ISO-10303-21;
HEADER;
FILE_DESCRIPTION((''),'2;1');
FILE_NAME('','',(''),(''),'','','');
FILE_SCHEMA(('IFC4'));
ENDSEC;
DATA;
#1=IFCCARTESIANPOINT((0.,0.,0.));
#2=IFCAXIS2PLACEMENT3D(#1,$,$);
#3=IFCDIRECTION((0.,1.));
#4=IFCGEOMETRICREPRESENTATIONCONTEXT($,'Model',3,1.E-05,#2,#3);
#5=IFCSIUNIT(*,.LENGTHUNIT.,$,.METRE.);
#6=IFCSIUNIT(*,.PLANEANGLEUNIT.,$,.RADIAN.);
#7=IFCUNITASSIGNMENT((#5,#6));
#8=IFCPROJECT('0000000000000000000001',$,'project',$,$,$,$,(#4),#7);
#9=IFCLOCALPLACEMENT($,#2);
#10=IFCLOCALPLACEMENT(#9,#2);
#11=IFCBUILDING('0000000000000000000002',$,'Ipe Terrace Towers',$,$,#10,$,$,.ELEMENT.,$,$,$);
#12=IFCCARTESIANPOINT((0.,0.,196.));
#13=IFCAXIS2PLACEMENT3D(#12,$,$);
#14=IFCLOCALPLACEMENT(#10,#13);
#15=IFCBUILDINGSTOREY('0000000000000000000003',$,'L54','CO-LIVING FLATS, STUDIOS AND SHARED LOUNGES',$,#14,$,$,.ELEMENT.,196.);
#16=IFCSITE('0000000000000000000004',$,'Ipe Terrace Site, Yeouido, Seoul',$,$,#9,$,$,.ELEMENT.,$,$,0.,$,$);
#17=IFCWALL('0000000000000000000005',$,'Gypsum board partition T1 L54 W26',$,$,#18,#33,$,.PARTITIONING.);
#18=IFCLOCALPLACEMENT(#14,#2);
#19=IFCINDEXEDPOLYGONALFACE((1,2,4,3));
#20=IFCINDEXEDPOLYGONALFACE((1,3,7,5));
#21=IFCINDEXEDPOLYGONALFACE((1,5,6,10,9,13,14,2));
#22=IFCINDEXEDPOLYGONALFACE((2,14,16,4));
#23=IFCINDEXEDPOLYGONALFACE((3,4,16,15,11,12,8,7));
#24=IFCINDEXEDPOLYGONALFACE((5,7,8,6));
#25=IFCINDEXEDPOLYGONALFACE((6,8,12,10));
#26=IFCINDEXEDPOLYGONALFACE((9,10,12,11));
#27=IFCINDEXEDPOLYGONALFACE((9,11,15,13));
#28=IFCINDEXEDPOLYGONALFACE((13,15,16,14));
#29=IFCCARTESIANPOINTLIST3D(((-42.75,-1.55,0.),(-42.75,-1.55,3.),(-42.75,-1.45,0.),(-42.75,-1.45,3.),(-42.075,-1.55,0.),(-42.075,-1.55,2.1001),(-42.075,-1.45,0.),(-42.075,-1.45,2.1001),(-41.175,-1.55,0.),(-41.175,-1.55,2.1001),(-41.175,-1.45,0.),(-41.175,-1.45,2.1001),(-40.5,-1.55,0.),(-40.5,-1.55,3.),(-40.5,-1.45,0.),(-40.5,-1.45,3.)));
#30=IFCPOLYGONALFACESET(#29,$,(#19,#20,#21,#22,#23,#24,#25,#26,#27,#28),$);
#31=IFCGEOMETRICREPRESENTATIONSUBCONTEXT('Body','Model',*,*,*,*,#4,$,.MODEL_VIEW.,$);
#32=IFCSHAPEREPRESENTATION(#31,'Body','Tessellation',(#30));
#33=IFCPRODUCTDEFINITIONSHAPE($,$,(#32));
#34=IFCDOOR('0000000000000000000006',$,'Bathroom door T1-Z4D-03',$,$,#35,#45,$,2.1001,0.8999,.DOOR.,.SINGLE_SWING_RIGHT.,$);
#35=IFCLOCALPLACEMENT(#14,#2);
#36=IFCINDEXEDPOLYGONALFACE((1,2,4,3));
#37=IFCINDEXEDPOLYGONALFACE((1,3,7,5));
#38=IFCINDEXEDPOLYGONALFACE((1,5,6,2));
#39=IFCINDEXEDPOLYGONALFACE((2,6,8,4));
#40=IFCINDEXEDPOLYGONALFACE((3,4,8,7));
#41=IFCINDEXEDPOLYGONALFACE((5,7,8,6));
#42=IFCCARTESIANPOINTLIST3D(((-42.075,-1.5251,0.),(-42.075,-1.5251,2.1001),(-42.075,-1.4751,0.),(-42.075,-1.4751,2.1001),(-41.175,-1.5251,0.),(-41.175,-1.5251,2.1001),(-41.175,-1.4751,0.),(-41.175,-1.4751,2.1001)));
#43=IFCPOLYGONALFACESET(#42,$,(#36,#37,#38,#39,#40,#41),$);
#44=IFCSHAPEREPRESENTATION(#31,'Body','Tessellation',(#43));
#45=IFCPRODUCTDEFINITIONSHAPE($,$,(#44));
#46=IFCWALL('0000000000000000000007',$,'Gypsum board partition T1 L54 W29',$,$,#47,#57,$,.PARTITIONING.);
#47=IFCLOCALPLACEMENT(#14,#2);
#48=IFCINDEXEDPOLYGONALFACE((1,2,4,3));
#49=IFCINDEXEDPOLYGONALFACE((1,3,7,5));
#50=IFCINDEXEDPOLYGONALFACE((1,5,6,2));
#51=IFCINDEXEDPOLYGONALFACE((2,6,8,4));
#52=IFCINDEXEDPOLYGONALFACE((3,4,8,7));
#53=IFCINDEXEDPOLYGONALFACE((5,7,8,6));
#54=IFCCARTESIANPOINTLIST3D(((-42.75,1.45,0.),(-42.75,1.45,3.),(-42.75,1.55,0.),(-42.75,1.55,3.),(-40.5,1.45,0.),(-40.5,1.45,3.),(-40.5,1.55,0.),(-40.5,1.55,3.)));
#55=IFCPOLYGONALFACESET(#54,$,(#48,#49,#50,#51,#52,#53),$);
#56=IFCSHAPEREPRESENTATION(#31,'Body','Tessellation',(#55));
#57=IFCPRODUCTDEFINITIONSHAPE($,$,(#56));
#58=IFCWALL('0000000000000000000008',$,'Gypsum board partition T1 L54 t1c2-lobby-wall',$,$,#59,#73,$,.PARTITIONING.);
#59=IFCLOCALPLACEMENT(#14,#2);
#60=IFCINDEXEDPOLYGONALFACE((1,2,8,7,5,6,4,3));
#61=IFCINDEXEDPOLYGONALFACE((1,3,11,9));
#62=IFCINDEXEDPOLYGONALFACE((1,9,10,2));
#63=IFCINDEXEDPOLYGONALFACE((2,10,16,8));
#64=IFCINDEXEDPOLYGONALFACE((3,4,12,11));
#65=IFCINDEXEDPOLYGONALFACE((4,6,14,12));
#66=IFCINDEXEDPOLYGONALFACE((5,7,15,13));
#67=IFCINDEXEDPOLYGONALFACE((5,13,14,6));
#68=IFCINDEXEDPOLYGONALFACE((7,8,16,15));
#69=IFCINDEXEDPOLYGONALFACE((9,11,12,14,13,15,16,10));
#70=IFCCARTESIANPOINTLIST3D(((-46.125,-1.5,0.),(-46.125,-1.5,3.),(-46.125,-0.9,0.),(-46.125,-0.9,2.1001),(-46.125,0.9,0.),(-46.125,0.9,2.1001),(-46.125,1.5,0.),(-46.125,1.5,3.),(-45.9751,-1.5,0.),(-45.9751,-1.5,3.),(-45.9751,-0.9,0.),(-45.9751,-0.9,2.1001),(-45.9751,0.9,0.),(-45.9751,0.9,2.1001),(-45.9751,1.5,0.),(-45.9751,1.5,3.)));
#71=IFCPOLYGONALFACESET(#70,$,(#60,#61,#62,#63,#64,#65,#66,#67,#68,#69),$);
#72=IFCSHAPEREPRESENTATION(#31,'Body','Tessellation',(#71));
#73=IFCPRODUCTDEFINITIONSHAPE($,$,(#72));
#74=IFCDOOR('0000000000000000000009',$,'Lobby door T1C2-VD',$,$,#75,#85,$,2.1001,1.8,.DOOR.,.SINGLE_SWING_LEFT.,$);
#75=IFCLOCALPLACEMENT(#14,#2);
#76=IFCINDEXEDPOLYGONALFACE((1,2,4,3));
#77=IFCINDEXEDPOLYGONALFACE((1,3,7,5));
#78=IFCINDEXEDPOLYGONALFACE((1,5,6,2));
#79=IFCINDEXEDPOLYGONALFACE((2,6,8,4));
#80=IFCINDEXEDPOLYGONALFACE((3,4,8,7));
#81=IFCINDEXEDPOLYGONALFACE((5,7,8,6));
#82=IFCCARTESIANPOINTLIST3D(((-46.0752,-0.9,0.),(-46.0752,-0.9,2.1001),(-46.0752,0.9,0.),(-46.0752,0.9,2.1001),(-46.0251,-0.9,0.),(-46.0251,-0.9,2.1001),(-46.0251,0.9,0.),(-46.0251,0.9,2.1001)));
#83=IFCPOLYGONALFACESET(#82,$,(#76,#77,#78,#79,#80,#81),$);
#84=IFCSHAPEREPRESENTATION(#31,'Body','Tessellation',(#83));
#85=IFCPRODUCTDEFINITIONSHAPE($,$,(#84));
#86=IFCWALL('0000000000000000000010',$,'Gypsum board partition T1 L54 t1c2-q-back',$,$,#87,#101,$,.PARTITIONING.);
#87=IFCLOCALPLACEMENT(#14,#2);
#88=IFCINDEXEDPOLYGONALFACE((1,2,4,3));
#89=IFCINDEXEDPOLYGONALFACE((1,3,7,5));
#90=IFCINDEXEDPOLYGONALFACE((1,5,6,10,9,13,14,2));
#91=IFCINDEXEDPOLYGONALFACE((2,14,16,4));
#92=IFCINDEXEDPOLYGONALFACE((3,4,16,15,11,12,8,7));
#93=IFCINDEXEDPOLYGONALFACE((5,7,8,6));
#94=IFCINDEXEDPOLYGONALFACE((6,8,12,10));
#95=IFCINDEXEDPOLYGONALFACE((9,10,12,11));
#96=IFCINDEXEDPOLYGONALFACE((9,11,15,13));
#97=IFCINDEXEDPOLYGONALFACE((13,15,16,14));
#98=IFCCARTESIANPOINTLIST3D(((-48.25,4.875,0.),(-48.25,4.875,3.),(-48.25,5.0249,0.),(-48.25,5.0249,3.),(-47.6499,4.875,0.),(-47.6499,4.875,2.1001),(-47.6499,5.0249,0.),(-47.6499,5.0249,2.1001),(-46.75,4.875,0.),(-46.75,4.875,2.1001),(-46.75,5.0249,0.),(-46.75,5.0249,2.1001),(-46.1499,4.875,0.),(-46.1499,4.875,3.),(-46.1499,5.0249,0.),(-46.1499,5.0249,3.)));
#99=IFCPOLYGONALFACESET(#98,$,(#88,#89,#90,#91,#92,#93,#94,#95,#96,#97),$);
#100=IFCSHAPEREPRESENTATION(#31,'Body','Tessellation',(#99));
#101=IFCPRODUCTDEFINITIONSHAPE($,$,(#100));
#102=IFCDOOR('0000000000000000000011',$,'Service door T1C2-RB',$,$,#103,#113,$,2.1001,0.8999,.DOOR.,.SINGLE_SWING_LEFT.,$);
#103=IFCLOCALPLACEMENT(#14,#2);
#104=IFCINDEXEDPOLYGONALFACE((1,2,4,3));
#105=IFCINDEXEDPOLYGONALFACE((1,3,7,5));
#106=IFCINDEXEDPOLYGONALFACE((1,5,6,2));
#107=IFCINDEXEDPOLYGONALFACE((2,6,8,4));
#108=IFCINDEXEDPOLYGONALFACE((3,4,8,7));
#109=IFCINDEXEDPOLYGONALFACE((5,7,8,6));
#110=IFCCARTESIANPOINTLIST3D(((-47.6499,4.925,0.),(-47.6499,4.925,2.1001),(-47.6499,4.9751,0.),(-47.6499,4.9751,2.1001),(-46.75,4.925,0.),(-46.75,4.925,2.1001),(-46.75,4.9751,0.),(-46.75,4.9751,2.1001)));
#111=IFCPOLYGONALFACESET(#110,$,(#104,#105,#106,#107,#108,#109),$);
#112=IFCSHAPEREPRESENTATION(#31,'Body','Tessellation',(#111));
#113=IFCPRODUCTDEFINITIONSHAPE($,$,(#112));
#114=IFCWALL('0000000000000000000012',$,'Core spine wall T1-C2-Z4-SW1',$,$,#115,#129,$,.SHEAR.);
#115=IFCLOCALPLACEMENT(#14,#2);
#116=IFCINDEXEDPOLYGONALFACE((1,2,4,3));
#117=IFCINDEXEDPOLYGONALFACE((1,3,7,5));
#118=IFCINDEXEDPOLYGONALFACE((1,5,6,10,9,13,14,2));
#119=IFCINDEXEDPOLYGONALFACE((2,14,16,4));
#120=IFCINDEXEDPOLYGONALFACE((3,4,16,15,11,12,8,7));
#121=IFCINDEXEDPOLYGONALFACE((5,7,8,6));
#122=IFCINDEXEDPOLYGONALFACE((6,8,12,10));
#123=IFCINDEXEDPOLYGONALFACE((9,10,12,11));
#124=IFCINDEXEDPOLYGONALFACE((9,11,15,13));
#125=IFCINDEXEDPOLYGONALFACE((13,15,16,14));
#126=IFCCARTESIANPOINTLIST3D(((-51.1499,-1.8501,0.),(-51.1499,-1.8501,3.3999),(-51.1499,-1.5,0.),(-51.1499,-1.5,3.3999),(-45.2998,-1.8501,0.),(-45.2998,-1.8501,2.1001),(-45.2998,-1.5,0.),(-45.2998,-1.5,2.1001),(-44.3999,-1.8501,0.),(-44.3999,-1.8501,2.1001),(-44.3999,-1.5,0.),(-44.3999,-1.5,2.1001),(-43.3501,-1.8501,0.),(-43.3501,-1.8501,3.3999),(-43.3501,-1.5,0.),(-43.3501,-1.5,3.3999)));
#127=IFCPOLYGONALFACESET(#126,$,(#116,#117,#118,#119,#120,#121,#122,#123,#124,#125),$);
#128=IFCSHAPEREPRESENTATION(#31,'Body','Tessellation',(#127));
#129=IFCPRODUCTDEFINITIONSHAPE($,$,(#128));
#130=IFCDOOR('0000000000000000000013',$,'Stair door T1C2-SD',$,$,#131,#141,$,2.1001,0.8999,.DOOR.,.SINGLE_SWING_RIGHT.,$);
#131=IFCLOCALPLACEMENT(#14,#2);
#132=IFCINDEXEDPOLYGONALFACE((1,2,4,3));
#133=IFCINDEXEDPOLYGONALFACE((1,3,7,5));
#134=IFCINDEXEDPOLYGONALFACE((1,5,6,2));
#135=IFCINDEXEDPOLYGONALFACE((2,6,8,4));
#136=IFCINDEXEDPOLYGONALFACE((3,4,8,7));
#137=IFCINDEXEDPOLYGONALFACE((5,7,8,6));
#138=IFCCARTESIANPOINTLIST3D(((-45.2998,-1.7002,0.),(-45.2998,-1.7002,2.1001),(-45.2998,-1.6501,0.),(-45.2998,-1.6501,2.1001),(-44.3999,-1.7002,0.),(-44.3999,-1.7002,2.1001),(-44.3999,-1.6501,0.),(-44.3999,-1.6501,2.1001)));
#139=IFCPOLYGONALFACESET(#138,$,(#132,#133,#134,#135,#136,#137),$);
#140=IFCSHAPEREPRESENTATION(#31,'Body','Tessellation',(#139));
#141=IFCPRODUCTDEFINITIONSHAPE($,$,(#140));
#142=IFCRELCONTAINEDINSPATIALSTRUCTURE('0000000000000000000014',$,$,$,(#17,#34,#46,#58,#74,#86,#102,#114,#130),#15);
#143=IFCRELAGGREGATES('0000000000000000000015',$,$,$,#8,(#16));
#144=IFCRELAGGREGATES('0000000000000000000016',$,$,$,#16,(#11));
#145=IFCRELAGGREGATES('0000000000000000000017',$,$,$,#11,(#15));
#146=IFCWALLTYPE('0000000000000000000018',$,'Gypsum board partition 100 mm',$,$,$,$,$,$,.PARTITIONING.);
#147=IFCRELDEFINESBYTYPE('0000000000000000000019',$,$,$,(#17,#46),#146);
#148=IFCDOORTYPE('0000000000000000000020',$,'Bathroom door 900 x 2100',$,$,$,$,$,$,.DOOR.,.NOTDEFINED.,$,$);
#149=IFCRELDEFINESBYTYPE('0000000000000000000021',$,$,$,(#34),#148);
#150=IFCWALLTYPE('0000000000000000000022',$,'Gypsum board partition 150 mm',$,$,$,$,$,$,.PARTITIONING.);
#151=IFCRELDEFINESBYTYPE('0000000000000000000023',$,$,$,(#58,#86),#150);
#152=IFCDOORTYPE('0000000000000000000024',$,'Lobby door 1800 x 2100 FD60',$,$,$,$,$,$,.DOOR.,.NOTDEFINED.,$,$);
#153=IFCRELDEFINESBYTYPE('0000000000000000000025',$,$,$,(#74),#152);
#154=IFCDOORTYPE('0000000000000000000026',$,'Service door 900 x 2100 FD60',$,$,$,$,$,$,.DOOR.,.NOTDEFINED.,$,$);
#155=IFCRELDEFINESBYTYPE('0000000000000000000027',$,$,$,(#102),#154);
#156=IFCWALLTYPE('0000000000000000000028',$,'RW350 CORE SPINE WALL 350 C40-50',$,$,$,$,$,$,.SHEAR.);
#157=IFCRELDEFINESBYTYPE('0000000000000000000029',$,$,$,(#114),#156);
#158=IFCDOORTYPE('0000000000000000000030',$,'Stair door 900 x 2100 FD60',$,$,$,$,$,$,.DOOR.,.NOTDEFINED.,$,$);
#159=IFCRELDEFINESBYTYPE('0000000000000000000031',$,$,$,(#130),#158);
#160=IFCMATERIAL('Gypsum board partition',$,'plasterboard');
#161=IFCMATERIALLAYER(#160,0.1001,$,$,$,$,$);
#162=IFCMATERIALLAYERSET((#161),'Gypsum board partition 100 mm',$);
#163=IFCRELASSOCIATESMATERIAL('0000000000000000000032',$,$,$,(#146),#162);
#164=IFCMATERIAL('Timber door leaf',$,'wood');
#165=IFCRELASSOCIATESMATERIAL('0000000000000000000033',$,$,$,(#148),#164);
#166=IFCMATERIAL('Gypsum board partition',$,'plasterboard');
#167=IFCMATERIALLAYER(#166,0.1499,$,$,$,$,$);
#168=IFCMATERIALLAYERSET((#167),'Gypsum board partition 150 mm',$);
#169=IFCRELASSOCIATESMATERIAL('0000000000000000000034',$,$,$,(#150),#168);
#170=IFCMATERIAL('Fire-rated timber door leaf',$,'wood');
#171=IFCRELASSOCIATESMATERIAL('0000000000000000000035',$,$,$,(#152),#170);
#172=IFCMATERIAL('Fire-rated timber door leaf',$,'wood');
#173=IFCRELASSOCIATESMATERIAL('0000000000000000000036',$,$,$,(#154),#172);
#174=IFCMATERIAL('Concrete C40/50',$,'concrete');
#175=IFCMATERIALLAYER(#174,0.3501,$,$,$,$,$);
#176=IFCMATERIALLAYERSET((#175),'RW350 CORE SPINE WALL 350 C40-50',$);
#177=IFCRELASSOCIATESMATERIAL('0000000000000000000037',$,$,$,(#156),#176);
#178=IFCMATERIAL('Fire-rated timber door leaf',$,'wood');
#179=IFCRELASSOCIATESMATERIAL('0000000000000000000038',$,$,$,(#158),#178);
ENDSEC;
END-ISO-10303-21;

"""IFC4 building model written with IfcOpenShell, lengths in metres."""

from ifc_helpers import new_model, si_unit, direction, frame, frame_2d, origin, place, context, subcontext, project, spatial, rectangle, extrude, material, layer, layer_set, type_object, element, fill, save


model = new_model("IFC4")

# Units and contexts
model_context = context("Model", 3, precision=1e-05, world=origin(), true_north=direction((0.0, 1.0)))
body_context = subcontext(model_context, "Body", "Model", "MODEL_VIEW")
ifc_project = project(units=[si_unit("LENGTHUNIT", "METRE"), si_unit("PLANEANGLEUNIT", "RADIAN")], contexts=[model_context])

# Site, building, storey
site_placement = place(None, origin())
site = spatial("IfcSite", under=ifc_project, at=site_placement, Name="Ipe Terrace Site, Yeouido, Seoul", CompositionType="ELEMENT", RefElevation=0.0)
building_placement = place(site_placement, origin())
building = spatial("IfcBuilding", under=site, at=building_placement, Name="Ipe Terrace Towers", CompositionType="ELEMENT")
storey_placement = place(building_placement, frame((0.0, 0.0, 196.0)))
storey = spatial("IfcBuildingStorey", under=building, at=storey_placement, Name="L54", Description="CO-LIVING FLATS, STUDIOS AND SHARED LOUNGES", CompositionType="ELEMENT", Elevation=196.0)

# Wall, opening, door
ifc_material_1 = material(Name="Gypsum board partition", Category="plasterboard")
ifc_layer_1 = layer(ifc_material_1, 0.1001)
ifc_layer_set_1 = layer_set([ifc_layer_1], Name="Gypsum board partition 100 mm")
wall_type_1 = type_object("IfcWallType", Name="Gypsum board partition 100 mm", PredefinedType="PARTITIONING", material=ifc_layer_set_1)
wall_1_placement = place(storey_placement, frame((-42.75, -1.5, 0.0), z_axis=(0.0, 0.0, 1.0), x_axis=(1.0, 0.0, 0.0)))
wall_1 = element("IfcWall", 1, at=wall_1_placement, inside=storey, type_object=wall_type_1, Name="Gypsum board partition T1 L54 W26", PredefinedType="PARTITIONING", context=body_context, shape_type="SweptSolid", body=[
    extrude(rectangle(XDim=2.25, YDim=0.1001, at=frame_2d((1.125, 0.0))), origin(), (0.0, 0.0, 1.0), 3.0),
])
opening_1_placement = place(wall_1_placement, frame((0.675, 0.0, 0.0)))
opening_1 = element("IfcOpeningElement", 2, at=opening_1_placement, cuts=wall_1, PredefinedType="OPENING", context=body_context, shape_type="SweptSolid", body=[
    extrude(rectangle(XDim=0.8999, YDim=2.1001, at=frame_2d((0.45, 1.05))), frame((0.0, 0.0601, 0.0), z_axis=(0.0, -1.0, 0.0), x_axis=(1.0, 0.0, 0.0)), (0.0, 0.0, 1.0), 0.1201),
])
ifc_material_2 = material(Name="Timber door leaf", Category="wood")
door_type_1 = type_object("IfcDoorType", Name="Bathroom door 900 x 2100", OperationType="NOTDEFINED", PredefinedType="DOOR", material=ifc_material_2)
door_1_placement = place(opening_1_placement, origin())
door_1 = element("IfcDoor", 3, at=door_1_placement, inside=storey, type_object=door_type_1, Name="Bathroom door T1-Z4D-03", OperationType="SINGLE_SWING_RIGHT", OverallHeight=2.1001, OverallWidth=0.8999, PredefinedType="DOOR", context=body_context, shape_type="SweptSolid", body=[
    extrude(rectangle(XDim=0.8999, YDim=2.1001, at=frame_2d((0.45, 1.05))), frame((0.0, 0.0249, 0.0), z_axis=(0.0, -1.0, 0.0), x_axis=(1.0, 0.0, 0.0)), (0.0, 0.0, 1.0), 0.05),
])
fill(opening_1, door_1)

# Wall
wall_2_placement = place(storey_placement, frame((-42.75, 1.5, 0.0), z_axis=(0.0, 0.0, 1.0), x_axis=(1.0, 0.0, 0.0)))
element("IfcWall", 4, at=wall_2_placement, inside=storey, type_object=wall_type_1, Name="Gypsum board partition T1 L54 W29", PredefinedType="PARTITIONING", context=body_context, shape_type="SweptSolid", body=[
    extrude(rectangle(XDim=2.25, YDim=0.1001, at=frame_2d((1.125, 0.0))), origin(), (0.0, 0.0, 1.0), 3.0),
])

# Walls, openings, doors
ifc_material_3 = material(Name="Gypsum board partition", Category="plasterboard")
ifc_layer_2 = layer(ifc_material_3, 0.1499)
ifc_layer_set_2 = layer_set([ifc_layer_2], Name="Gypsum board partition 150 mm")
wall_type_2 = type_object("IfcWallType", Name="Gypsum board partition 150 mm", PredefinedType="PARTITIONING", material=ifc_layer_set_2)
wall_3_placement = place(storey_placement, frame((-46.05, 1.5, 0.0), z_axis=(0.0, 0.0, 1.0), x_axis=(0.0, -1.0, 0.0)))
wall_3 = element("IfcWall", 5, at=wall_3_placement, inside=storey, type_object=wall_type_2, Name="Gypsum board partition T1 L54 t1c2-lobby-wall", PredefinedType="PARTITIONING", context=body_context, shape_type="SweptSolid", body=[
    extrude(rectangle(XDim=3.0, YDim=0.1499, at=frame_2d((1.5, 0.0))), origin(), (0.0, 0.0, 1.0), 3.0),
])
opening_2_placement = place(wall_3_placement, frame((0.6001, 0.0, 0.0)))
opening_2 = element("IfcOpeningElement", 6, at=opening_2_placement, cuts=wall_3, PredefinedType="OPENING", context=body_context, shape_type="SweptSolid", body=[
    extrude(rectangle(XDim=1.8, YDim=2.1001, at=frame_2d((0.8999, 1.05))), frame((0.0, 0.085, 0.0), z_axis=(0.0, -1.0, 0.0), x_axis=(1.0, 0.0, 0.0)), (0.0, 0.0, 1.0), 0.1699),
])
ifc_material_4 = material(Name="Fire-rated timber door leaf", Category="wood")
door_type_2 = type_object("IfcDoorType", Name="Lobby door 1800 x 2100 FD60", OperationType="NOTDEFINED", PredefinedType="DOOR", material=ifc_material_4)
door_2_placement = place(opening_2_placement, origin())
door_2 = element("IfcDoor", 7, at=door_2_placement, inside=storey, type_object=door_type_2, Name="Lobby door T1C2-VD", OperationType="SINGLE_SWING_LEFT", OverallHeight=2.1001, OverallWidth=1.8, PredefinedType="DOOR", context=body_context, shape_type="SweptSolid", body=[
    extrude(rectangle(XDim=1.8, YDim=2.1001, at=frame_2d((0.8999, 1.05))), frame((0.0, 0.0249, 0.0), z_axis=(0.0, -1.0, 0.0), x_axis=(1.0, 0.0, 0.0)), (0.0, 0.0, 1.0), 0.05),
])
fill(opening_2, door_2)
wall_4_placement = place(storey_placement, frame((-46.1499, 4.95, 0.0), z_axis=(0.0, 0.0, 1.0), x_axis=(-1.0, 0.0, 0.0)))
wall_4 = element("IfcWall", 8, at=wall_4_placement, inside=storey, type_object=wall_type_2, Name="Gypsum board partition T1 L54 t1c2-q-back", PredefinedType="PARTITIONING", context=body_context, shape_type="SweptSolid", body=[
    extrude(rectangle(XDim=2.1001, YDim=0.1499, at=frame_2d((1.05, 0.0))), origin(), (0.0, 0.0, 1.0), 3.0),
])
opening_3_placement = place(wall_4_placement, frame((0.6001, 0.0, 0.0)))
opening_3 = element("IfcOpeningElement", 9, at=opening_3_placement, cuts=wall_4, PredefinedType="OPENING", context=body_context, shape_type="SweptSolid", body=[
    extrude(rectangle(XDim=0.8999, YDim=2.1001, at=frame_2d((0.45, 1.05))), frame((0.0, 0.085, 0.0), z_axis=(0.0, -1.0, 0.0), x_axis=(1.0, 0.0, 0.0)), (0.0, 0.0, 1.0), 0.1699),
])
ifc_material_5 = material(Name="Fire-rated timber door leaf", Category="wood")
door_type_3 = type_object("IfcDoorType", Name="Service door 900 x 2100 FD60", OperationType="NOTDEFINED", PredefinedType="DOOR", material=ifc_material_5)
door_3_placement = place(opening_3_placement, origin())
door_3 = element("IfcDoor", 10, at=door_3_placement, inside=storey, type_object=door_type_3, Name="Service door T1C2-RB", OperationType="SINGLE_SWING_LEFT", OverallHeight=2.1001, OverallWidth=0.8999, PredefinedType="DOOR", context=body_context, shape_type="SweptSolid", body=[
    extrude(rectangle(XDim=0.8999, YDim=2.1001, at=frame_2d((0.45, 1.05))), frame((0.0, 0.0249, 0.0), z_axis=(0.0, -1.0, 0.0), x_axis=(1.0, 0.0, 0.0)), (0.0, 0.0, 1.0), 0.05),
])
fill(opening_3, door_3)
ifc_material_6 = material(Name="Concrete C40/50", Category="concrete")
ifc_layer_3 = layer(ifc_material_6, 0.3501)
ifc_layer_set_3 = layer_set([ifc_layer_3], Name="RW350 CORE SPINE WALL 350 C40-50")
wall_type_3 = type_object("IfcWallType", Name="RW350 CORE SPINE WALL 350 C40-50", PredefinedType="SHEAR", material=ifc_layer_set_3)
wall_5_placement = place(storey_placement, frame((-51.1499, -1.675, 0.0), z_axis=(0.0, 0.0, 1.0), x_axis=(1.0, 0.0, 0.0)))
wall_5 = element("IfcWall", 11, at=wall_5_placement, inside=storey, type_object=wall_type_3, Name="Core spine wall T1-C2-Z4-SW1", PredefinedType="SHEAR", context=body_context, shape_type="SweptSolid", body=[
    extrude(rectangle(XDim=7.7998, YDim=0.3501, at=frame_2d((3.8999, 0.0))), origin(), (0.0, 0.0, 1.0), 3.3999),
])
opening_4_placement = place(wall_5_placement, frame((5.8501, 0.0, 0.0)))
opening_4 = element("IfcOpeningElement", 12, at=opening_4_placement, cuts=wall_5, PredefinedType="OPENING", context=body_context, shape_type="SweptSolid", body=[
    extrude(rectangle(XDim=0.8999, YDim=2.1001, at=frame_2d((0.45, 1.05))), frame((0.0, 0.1851, 0.0), z_axis=(0.0, -1.0, 0.0), x_axis=(1.0, 0.0, 0.0)), (0.0, 0.0, 1.0), 0.3701),
])
ifc_material_7 = material(Name="Fire-rated timber door leaf", Category="wood")
door_type_4 = type_object("IfcDoorType", Name="Stair door 900 x 2100 FD60", OperationType="NOTDEFINED", PredefinedType="DOOR", material=ifc_material_7)
door_4_placement = place(opening_4_placement, origin())
door_4 = element("IfcDoor", 13, at=door_4_placement, inside=storey, type_object=door_type_4, Name="Stair door T1C2-SD", OperationType="SINGLE_SWING_RIGHT", OverallHeight=2.1001, OverallWidth=0.8999, PredefinedType="DOOR", context=body_context, shape_type="SweptSolid", body=[
    extrude(rectangle(XDim=0.8999, YDim=2.1001, at=frame_2d((0.45, 1.05))), frame((0.0, 0.0249, 0.0), z_axis=(0.0, -1.0, 0.0), x_axis=(1.0, 0.0, 0.0)), (0.0, 0.0, 1.0), 0.05),
])
fill(opening_4, door_4)

save(model, "model.ifc")
